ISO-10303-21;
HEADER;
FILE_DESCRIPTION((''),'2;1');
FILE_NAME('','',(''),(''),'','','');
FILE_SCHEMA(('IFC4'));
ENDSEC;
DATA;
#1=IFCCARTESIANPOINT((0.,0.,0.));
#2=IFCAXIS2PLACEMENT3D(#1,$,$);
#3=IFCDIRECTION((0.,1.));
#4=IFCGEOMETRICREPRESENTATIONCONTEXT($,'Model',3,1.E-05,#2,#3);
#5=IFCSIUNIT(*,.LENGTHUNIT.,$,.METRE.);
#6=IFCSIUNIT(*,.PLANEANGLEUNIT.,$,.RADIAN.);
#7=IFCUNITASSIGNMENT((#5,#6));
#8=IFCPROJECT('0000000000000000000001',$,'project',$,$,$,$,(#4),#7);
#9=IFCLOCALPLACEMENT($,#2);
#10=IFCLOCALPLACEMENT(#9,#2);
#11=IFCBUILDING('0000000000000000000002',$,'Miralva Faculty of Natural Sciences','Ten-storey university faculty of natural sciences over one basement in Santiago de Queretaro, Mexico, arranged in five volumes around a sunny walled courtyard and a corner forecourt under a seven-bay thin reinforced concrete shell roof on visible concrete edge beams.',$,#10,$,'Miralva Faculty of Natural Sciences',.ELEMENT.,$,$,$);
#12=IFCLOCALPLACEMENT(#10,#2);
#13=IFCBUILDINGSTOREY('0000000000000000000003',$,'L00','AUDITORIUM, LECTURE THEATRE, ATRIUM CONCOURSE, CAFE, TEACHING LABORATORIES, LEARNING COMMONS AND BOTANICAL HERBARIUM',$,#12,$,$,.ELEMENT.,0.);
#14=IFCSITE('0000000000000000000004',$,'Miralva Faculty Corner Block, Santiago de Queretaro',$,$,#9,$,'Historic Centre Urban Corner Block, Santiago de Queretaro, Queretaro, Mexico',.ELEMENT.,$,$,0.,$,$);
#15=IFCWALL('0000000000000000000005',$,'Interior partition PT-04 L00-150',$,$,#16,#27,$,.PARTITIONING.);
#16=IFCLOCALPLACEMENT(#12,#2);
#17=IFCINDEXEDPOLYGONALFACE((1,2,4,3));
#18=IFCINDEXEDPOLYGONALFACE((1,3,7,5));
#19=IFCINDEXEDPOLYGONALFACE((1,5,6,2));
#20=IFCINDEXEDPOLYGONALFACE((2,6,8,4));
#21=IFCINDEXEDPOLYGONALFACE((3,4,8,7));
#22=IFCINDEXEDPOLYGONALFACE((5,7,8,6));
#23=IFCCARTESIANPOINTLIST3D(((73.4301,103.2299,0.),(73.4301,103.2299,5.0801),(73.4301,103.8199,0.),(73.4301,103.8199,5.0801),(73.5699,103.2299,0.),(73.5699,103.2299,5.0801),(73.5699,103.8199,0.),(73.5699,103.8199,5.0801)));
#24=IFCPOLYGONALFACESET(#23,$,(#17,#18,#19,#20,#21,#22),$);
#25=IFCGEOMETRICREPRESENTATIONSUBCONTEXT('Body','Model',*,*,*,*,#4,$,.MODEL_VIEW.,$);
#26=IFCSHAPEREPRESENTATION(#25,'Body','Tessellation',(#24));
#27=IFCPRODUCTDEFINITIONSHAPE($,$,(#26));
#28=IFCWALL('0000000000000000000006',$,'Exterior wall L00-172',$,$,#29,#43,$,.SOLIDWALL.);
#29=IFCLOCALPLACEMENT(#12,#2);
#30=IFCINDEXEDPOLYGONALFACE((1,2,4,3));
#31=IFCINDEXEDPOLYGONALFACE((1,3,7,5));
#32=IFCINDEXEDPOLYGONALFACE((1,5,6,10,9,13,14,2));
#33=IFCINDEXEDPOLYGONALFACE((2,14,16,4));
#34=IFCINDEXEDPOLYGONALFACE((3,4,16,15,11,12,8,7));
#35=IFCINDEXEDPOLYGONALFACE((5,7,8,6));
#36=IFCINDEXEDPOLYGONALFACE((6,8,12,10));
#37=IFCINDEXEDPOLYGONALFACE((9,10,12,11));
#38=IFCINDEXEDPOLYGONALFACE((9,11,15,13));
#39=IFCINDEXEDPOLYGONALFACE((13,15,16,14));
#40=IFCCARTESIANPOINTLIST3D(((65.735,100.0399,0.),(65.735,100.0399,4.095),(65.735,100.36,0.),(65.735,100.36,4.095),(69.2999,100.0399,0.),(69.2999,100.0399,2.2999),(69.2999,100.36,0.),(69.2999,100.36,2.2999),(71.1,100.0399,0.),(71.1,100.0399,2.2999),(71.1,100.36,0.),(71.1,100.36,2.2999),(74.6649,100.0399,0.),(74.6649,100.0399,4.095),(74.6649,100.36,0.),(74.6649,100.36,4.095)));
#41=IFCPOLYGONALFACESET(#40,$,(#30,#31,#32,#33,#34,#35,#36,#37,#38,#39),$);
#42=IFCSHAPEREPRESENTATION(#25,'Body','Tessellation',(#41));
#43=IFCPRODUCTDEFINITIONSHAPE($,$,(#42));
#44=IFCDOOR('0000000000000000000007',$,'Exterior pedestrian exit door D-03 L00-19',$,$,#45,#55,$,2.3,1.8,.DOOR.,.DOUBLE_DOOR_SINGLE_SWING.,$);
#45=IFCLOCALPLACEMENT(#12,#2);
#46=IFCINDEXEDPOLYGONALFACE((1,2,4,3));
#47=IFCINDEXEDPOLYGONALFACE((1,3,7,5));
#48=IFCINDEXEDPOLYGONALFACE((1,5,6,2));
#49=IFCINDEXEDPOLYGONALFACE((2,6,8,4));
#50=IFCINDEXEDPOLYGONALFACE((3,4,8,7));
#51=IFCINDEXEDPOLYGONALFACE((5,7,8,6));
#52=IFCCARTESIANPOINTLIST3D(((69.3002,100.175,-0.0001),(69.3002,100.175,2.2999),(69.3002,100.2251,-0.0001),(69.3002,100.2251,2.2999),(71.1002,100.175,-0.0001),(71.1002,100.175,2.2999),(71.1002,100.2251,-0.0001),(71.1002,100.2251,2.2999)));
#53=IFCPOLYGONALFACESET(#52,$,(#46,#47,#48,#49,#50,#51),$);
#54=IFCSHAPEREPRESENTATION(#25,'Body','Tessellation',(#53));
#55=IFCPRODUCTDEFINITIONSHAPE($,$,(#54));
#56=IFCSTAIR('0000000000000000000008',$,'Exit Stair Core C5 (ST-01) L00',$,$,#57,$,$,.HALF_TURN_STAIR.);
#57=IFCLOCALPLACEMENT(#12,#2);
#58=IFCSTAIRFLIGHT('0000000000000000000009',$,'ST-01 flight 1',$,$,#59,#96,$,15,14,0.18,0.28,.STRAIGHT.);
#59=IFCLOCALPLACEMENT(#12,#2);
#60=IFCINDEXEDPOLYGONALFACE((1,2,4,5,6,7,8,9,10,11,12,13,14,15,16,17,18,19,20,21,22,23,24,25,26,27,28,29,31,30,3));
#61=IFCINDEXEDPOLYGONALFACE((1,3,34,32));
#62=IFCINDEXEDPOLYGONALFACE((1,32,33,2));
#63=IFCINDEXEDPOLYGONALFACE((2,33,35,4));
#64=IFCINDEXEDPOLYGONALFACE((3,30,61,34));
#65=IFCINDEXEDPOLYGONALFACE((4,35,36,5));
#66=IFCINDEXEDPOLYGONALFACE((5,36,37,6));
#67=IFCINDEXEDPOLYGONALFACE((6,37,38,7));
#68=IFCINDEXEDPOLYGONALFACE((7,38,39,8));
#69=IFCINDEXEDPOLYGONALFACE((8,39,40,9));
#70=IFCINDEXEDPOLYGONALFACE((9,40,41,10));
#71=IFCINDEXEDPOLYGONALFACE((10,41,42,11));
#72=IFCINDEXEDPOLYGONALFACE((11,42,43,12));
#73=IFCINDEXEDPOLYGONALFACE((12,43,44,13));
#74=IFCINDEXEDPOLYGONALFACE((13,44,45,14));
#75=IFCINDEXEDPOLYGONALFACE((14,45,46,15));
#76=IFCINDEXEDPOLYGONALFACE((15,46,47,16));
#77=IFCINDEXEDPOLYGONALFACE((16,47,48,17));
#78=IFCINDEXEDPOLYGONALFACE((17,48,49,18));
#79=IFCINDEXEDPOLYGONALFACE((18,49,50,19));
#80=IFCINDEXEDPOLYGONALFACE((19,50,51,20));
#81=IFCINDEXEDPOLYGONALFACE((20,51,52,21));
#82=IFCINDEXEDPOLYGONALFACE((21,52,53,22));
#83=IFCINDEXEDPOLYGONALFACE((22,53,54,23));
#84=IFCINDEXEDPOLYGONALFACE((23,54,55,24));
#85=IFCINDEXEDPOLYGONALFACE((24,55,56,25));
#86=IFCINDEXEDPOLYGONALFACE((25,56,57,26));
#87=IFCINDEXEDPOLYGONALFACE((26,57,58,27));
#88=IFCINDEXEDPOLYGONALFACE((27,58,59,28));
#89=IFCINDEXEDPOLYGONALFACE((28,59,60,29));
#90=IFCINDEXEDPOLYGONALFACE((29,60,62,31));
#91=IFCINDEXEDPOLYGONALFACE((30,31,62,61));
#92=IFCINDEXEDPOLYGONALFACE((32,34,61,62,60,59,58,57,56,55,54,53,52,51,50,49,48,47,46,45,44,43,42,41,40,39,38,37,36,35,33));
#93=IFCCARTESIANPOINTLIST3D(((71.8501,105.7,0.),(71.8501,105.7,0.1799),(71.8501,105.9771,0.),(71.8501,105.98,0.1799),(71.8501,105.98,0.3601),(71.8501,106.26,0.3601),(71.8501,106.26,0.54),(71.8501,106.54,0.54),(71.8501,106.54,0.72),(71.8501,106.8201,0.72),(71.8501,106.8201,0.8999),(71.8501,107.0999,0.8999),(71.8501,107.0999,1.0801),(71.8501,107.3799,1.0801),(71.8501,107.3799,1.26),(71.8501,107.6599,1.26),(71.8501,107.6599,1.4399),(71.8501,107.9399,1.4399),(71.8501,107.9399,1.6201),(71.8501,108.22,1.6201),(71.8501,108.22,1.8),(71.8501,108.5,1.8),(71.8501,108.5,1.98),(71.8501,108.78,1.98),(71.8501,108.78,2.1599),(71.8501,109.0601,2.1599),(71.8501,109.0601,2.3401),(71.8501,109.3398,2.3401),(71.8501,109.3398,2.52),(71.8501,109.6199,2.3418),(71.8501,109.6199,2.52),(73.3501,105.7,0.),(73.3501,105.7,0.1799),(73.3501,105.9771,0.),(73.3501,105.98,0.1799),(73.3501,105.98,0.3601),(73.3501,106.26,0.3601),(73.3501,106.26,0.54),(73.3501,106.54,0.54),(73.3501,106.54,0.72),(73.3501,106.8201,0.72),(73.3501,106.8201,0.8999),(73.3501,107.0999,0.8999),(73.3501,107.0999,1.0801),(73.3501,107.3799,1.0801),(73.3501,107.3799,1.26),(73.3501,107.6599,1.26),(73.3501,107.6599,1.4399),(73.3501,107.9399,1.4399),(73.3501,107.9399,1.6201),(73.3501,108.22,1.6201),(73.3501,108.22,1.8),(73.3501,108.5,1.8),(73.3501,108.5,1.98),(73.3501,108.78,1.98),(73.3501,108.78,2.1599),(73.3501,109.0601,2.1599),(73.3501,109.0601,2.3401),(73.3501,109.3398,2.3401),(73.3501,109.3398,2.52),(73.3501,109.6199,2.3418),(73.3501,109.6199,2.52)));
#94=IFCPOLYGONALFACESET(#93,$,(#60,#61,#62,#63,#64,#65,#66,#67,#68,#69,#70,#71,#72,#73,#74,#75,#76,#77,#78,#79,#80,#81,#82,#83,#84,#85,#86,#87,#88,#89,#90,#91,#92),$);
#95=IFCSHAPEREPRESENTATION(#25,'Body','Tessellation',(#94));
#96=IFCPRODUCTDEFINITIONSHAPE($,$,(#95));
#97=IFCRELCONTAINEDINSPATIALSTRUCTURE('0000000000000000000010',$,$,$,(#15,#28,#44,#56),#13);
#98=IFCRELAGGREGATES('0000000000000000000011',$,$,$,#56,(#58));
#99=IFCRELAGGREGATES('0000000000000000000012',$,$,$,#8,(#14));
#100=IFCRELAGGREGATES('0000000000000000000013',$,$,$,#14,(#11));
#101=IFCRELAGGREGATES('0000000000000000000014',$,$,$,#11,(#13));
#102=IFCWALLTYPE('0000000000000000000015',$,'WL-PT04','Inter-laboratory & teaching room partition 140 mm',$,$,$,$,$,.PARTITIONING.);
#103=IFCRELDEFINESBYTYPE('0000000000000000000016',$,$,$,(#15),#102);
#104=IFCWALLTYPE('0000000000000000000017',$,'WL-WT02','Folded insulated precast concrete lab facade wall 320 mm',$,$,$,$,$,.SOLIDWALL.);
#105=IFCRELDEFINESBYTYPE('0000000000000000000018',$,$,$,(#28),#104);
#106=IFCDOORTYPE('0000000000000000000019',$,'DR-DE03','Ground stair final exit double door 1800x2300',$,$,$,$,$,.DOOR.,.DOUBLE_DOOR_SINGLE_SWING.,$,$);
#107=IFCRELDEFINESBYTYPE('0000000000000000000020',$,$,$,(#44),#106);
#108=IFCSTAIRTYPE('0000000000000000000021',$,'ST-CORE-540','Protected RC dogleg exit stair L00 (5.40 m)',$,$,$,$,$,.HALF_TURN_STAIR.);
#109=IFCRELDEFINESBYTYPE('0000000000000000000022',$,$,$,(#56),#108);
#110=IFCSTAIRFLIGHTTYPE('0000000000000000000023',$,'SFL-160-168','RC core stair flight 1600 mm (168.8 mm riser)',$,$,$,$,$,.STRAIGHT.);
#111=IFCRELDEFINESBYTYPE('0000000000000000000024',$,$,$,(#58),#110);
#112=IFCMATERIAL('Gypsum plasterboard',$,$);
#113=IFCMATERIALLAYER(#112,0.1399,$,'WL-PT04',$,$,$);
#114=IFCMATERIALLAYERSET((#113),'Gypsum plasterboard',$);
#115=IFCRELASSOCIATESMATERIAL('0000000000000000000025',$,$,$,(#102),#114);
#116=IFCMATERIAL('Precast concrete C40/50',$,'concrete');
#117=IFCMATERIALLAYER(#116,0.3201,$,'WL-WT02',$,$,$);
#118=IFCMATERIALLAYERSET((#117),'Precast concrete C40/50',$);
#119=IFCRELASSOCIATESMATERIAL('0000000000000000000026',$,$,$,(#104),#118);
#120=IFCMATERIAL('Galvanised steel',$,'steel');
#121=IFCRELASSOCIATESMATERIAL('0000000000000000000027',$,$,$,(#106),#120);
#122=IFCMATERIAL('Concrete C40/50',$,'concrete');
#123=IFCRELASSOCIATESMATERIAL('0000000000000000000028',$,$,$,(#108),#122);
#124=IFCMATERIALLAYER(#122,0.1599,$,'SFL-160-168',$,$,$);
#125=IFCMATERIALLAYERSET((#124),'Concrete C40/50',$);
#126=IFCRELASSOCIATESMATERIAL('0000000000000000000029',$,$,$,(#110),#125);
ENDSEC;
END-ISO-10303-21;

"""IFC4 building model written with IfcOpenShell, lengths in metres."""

from ifc_helpers import new_model, si_unit, direction, frame, frame_2d, origin, place, context, subcontext, project, spatial, polyline, rectangle, outline, extrude, material, layer, layer_set, type_object, element, fill, aggregate, save


model = new_model("IFC4")

# Units and contexts
model_context = context("Model", 3, precision=1e-05, world=origin(), true_north=direction((0.0, 1.0)))
body_context = subcontext(model_context, "Body", "Model", "MODEL_VIEW")
ifc_project = project(units=[si_unit("LENGTHUNIT", "METRE"), si_unit("PLANEANGLEUNIT", "RADIAN")], contexts=[model_context])

# Site, building, storey
site_placement = place(None, origin())
site = spatial("IfcSite", under=ifc_project, at=site_placement, Name="Miralva Faculty Corner Block, Santiago de Queretaro", LongName="Historic Centre Urban Corner Block, Santiago de Queretaro, Queretaro, Mexico", CompositionType="ELEMENT", RefElevation=0.0)
building_placement = place(site_placement, origin())
building = spatial("IfcBuilding", under=site, at=building_placement, Name="Miralva Faculty of Natural Sciences", Description="Ten-storey university faculty of natural sciences over one basement in Santiago de Queretaro, Mexico, arranged in five volumes around a sunny walled courtyard and a corner forecourt under a seven-bay thin reinforced concrete shell roof on visible concrete edge beams.", LongName="Miralva Faculty of Natural Sciences", CompositionType="ELEMENT")
storey_placement = place(building_placement, origin())
storey = spatial("IfcBuildingStorey", under=building, at=storey_placement, Name="L00", Description="AUDITORIUM, LECTURE THEATRE, ATRIUM CONCOURSE, CAFE, TEACHING LABORATORIES, LEARNING COMMONS AND BOTANICAL HERBARIUM", CompositionType="ELEMENT", Elevation=0.0)

# Shared definitions
ifc_material_1 = material(Name="Concrete C40/50", Category="concrete")

# Shared definitions
ifc_material_2 = material(Name="Galvanised steel", Category="steel")

# Shared definitions
ifc_material_3 = material(Name="Gypsum plasterboard")

# Shared definitions
ifc_layer_1 = layer(ifc_material_3, 0.1399, Name="WL-PT04")
ifc_layer_set_1 = layer_set([ifc_layer_1], Name="Gypsum plasterboard")
wall_type_1 = type_object("IfcWallType", Name="WL-PT04", Description="Inter-laboratory & teaching room partition 140 mm", PredefinedType="PARTITIONING", material=ifc_layer_set_1)

# Wall
wall_1_placement = place(storey_placement, frame((73.5, 103.23, 0.0), z_axis=(0.0, 0.0, 1.0), x_axis=(0.0, 1.0, 0.0)))
element("IfcWall", 1, at=wall_1_placement, inside=storey, type_object=wall_type_1, Name="Interior partition PT-04 L00-150", PredefinedType="PARTITIONING", context=body_context, shape_type="SweptSolid", body=[
    extrude(rectangle(XDim=0.5901, YDim=0.1399, at=frame_2d((0.2949, 0.0))), origin(), (0.0, 0.0, 1.0), 5.0801),
])

# Wall, opening, door
ifc_material_4 = material(Name="Precast concrete C40/50", Category="concrete")
ifc_layer_2 = layer(ifc_material_4, 0.3201, Name="WL-WT02")
ifc_layer_set_2 = layer_set([ifc_layer_2], Name="Precast concrete C40/50")
wall_type_2 = type_object("IfcWallType", Name="WL-WT02", Description="Folded insulated precast concrete lab facade wall 320 mm", PredefinedType="SOLIDWALL", material=ifc_layer_set_2)
wall_2_placement = place(storey_placement, frame((65.7351, 100.2, 0.0), z_axis=(0.0, 0.0, 1.0), x_axis=(1.0, 0.0, 0.0)))
wall_2 = element("IfcWall", 2, at=wall_2_placement, inside=storey, type_object=wall_type_2, Name="Exterior wall L00-172", PredefinedType="SOLIDWALL", context=body_context, shape_type="SweptSolid", body=[
    extrude(rectangle(XDim=8.9299, YDim=0.3201, at=frame_2d((4.4648, 0.0))), origin(), (0.0, 0.0, 1.0), 4.095),
])
opening_1_placement = place(wall_2_placement, frame((3.5649, 0.0, 0.0)))
opening_1 = element("IfcOpeningElement", 3, at=opening_1_placement, cuts=wall_2, PredefinedType="OPENING", context=body_context, shape_type="SweptSolid", body=[
    extrude(rectangle(XDim=1.8, YDim=2.3, at=frame_2d((0.8999, 1.1499))), frame((0.0, 0.1699, 0.0), z_axis=(0.0, -1.0, 0.0), x_axis=(1.0, 0.0, 0.0)), (0.0, 0.0, 1.0), 0.3401),
])
door_type_1 = type_object("IfcDoorType", Name="DR-DE03", Description="Ground stair final exit double door 1800x2300", OperationType="DOUBLE_DOOR_SINGLE_SWING", PredefinedType="DOOR", material=ifc_material_2)
door_1_placement = place(opening_1_placement, frame((1.8, 0.0, 0.0), z_axis=(0.0, 0.0, 1.0), x_axis=(-1.0, 0.0, 0.0)))
door_1 = element("IfcDoor", 4, at=door_1_placement, inside=storey, type_object=door_type_1, Name="Exterior pedestrian exit door D-03 L00-19", OperationType="DOUBLE_DOOR_SINGLE_SWING", OverallHeight=2.3, OverallWidth=1.8, PredefinedType="DOOR", context=body_context, shape_type="SweptSolid", body=[
    extrude(rectangle(XDim=1.8, YDim=2.3, at=frame_2d((0.8999, 1.1499))), frame((0.0, 0.0249, 0.0), z_axis=(0.0, -1.0, 0.0), x_axis=(1.0, 0.0, 0.0)), (0.0, 0.0, 1.0), 0.05),
])
fill(opening_1, door_1)

# Stair, stair flight
stair_type = type_object("IfcStairType", Name="ST-CORE-540", Description="Protected RC dogleg exit stair L00 (5.40 m)", PredefinedType="HALF_TURN_STAIR", material=ifc_material_1)
stair_placement = place(storey_placement, origin())
stair = element("IfcStair", 5, at=stair_placement, inside=storey, type_object=stair_type, Name="Exit Stair Core C5 (ST-01) L00", PredefinedType="HALF_TURN_STAIR")
ifc_layer_3 = layer(ifc_material_1, 0.1599, Name="SFL-160-168")
ifc_layer_set_3 = layer_set([ifc_layer_3], Name="Concrete C40/50")
stair_flight_type = type_object("IfcStairFlightType", Name="SFL-160-168", Description="RC core stair flight 1600 mm (168.8 mm riser)", PredefinedType="STRAIGHT", material=ifc_layer_set_3)
stair_flight_placement = place(storey_placement, frame((72.6001, 105.7, 0.0), z_axis=(0.0, 0.0, 1.0), x_axis=(0.0, 1.0, 0.0)))
stair_flight = element("IfcStairFlight", 6, at=stair_flight_placement, type_object=stair_flight_type, Name="ST-01 flight 1", NumberOfRisers=15, NumberOfTreads=14, PredefinedType="STRAIGHT", RiserHeight=0.18, TreadLength=0.28, context=body_context, shape_type="SweptSolid", body=[
    extrude(outline(polyline([(0.0, 0.0), (0.0, 0.1799), (0.28, 0.1799), (0.28, 0.3601), (0.5601, 0.3601), (0.5601, 0.54), (0.8401, 0.54), (0.8401, 0.72), (1.1201, 0.72), (1.1201, 0.8999), (1.3999, 0.8999), (1.3999, 1.0801), (1.6799, 1.0801), (1.6799, 1.26), (1.96, 1.26), (1.96, 1.4399), (2.24, 1.4399), (2.24, 1.6201), (2.52, 1.6201), (2.52, 1.8), (2.8, 1.8), (2.8, 1.98), (3.0801, 1.98), (3.0801, 2.1599), (3.3601, 2.1599), (3.3601, 2.3401), (3.6399, 2.3401), (3.6399, 2.52), (3.9199, 2.52), (3.9199, 2.7), (3.9199, 2.3418), (0.2771, 0.0), (0.0, 0.0)])), frame((0.0, 0.75, 0.0), z_axis=(0.0, -1.0, 0.0), x_axis=(1.0, 0.0, 0.0)), (0.0, 0.0, 1.0), 1.5),
])
aggregate(stair, [stair_flight])

save(model, "model.ifc")
